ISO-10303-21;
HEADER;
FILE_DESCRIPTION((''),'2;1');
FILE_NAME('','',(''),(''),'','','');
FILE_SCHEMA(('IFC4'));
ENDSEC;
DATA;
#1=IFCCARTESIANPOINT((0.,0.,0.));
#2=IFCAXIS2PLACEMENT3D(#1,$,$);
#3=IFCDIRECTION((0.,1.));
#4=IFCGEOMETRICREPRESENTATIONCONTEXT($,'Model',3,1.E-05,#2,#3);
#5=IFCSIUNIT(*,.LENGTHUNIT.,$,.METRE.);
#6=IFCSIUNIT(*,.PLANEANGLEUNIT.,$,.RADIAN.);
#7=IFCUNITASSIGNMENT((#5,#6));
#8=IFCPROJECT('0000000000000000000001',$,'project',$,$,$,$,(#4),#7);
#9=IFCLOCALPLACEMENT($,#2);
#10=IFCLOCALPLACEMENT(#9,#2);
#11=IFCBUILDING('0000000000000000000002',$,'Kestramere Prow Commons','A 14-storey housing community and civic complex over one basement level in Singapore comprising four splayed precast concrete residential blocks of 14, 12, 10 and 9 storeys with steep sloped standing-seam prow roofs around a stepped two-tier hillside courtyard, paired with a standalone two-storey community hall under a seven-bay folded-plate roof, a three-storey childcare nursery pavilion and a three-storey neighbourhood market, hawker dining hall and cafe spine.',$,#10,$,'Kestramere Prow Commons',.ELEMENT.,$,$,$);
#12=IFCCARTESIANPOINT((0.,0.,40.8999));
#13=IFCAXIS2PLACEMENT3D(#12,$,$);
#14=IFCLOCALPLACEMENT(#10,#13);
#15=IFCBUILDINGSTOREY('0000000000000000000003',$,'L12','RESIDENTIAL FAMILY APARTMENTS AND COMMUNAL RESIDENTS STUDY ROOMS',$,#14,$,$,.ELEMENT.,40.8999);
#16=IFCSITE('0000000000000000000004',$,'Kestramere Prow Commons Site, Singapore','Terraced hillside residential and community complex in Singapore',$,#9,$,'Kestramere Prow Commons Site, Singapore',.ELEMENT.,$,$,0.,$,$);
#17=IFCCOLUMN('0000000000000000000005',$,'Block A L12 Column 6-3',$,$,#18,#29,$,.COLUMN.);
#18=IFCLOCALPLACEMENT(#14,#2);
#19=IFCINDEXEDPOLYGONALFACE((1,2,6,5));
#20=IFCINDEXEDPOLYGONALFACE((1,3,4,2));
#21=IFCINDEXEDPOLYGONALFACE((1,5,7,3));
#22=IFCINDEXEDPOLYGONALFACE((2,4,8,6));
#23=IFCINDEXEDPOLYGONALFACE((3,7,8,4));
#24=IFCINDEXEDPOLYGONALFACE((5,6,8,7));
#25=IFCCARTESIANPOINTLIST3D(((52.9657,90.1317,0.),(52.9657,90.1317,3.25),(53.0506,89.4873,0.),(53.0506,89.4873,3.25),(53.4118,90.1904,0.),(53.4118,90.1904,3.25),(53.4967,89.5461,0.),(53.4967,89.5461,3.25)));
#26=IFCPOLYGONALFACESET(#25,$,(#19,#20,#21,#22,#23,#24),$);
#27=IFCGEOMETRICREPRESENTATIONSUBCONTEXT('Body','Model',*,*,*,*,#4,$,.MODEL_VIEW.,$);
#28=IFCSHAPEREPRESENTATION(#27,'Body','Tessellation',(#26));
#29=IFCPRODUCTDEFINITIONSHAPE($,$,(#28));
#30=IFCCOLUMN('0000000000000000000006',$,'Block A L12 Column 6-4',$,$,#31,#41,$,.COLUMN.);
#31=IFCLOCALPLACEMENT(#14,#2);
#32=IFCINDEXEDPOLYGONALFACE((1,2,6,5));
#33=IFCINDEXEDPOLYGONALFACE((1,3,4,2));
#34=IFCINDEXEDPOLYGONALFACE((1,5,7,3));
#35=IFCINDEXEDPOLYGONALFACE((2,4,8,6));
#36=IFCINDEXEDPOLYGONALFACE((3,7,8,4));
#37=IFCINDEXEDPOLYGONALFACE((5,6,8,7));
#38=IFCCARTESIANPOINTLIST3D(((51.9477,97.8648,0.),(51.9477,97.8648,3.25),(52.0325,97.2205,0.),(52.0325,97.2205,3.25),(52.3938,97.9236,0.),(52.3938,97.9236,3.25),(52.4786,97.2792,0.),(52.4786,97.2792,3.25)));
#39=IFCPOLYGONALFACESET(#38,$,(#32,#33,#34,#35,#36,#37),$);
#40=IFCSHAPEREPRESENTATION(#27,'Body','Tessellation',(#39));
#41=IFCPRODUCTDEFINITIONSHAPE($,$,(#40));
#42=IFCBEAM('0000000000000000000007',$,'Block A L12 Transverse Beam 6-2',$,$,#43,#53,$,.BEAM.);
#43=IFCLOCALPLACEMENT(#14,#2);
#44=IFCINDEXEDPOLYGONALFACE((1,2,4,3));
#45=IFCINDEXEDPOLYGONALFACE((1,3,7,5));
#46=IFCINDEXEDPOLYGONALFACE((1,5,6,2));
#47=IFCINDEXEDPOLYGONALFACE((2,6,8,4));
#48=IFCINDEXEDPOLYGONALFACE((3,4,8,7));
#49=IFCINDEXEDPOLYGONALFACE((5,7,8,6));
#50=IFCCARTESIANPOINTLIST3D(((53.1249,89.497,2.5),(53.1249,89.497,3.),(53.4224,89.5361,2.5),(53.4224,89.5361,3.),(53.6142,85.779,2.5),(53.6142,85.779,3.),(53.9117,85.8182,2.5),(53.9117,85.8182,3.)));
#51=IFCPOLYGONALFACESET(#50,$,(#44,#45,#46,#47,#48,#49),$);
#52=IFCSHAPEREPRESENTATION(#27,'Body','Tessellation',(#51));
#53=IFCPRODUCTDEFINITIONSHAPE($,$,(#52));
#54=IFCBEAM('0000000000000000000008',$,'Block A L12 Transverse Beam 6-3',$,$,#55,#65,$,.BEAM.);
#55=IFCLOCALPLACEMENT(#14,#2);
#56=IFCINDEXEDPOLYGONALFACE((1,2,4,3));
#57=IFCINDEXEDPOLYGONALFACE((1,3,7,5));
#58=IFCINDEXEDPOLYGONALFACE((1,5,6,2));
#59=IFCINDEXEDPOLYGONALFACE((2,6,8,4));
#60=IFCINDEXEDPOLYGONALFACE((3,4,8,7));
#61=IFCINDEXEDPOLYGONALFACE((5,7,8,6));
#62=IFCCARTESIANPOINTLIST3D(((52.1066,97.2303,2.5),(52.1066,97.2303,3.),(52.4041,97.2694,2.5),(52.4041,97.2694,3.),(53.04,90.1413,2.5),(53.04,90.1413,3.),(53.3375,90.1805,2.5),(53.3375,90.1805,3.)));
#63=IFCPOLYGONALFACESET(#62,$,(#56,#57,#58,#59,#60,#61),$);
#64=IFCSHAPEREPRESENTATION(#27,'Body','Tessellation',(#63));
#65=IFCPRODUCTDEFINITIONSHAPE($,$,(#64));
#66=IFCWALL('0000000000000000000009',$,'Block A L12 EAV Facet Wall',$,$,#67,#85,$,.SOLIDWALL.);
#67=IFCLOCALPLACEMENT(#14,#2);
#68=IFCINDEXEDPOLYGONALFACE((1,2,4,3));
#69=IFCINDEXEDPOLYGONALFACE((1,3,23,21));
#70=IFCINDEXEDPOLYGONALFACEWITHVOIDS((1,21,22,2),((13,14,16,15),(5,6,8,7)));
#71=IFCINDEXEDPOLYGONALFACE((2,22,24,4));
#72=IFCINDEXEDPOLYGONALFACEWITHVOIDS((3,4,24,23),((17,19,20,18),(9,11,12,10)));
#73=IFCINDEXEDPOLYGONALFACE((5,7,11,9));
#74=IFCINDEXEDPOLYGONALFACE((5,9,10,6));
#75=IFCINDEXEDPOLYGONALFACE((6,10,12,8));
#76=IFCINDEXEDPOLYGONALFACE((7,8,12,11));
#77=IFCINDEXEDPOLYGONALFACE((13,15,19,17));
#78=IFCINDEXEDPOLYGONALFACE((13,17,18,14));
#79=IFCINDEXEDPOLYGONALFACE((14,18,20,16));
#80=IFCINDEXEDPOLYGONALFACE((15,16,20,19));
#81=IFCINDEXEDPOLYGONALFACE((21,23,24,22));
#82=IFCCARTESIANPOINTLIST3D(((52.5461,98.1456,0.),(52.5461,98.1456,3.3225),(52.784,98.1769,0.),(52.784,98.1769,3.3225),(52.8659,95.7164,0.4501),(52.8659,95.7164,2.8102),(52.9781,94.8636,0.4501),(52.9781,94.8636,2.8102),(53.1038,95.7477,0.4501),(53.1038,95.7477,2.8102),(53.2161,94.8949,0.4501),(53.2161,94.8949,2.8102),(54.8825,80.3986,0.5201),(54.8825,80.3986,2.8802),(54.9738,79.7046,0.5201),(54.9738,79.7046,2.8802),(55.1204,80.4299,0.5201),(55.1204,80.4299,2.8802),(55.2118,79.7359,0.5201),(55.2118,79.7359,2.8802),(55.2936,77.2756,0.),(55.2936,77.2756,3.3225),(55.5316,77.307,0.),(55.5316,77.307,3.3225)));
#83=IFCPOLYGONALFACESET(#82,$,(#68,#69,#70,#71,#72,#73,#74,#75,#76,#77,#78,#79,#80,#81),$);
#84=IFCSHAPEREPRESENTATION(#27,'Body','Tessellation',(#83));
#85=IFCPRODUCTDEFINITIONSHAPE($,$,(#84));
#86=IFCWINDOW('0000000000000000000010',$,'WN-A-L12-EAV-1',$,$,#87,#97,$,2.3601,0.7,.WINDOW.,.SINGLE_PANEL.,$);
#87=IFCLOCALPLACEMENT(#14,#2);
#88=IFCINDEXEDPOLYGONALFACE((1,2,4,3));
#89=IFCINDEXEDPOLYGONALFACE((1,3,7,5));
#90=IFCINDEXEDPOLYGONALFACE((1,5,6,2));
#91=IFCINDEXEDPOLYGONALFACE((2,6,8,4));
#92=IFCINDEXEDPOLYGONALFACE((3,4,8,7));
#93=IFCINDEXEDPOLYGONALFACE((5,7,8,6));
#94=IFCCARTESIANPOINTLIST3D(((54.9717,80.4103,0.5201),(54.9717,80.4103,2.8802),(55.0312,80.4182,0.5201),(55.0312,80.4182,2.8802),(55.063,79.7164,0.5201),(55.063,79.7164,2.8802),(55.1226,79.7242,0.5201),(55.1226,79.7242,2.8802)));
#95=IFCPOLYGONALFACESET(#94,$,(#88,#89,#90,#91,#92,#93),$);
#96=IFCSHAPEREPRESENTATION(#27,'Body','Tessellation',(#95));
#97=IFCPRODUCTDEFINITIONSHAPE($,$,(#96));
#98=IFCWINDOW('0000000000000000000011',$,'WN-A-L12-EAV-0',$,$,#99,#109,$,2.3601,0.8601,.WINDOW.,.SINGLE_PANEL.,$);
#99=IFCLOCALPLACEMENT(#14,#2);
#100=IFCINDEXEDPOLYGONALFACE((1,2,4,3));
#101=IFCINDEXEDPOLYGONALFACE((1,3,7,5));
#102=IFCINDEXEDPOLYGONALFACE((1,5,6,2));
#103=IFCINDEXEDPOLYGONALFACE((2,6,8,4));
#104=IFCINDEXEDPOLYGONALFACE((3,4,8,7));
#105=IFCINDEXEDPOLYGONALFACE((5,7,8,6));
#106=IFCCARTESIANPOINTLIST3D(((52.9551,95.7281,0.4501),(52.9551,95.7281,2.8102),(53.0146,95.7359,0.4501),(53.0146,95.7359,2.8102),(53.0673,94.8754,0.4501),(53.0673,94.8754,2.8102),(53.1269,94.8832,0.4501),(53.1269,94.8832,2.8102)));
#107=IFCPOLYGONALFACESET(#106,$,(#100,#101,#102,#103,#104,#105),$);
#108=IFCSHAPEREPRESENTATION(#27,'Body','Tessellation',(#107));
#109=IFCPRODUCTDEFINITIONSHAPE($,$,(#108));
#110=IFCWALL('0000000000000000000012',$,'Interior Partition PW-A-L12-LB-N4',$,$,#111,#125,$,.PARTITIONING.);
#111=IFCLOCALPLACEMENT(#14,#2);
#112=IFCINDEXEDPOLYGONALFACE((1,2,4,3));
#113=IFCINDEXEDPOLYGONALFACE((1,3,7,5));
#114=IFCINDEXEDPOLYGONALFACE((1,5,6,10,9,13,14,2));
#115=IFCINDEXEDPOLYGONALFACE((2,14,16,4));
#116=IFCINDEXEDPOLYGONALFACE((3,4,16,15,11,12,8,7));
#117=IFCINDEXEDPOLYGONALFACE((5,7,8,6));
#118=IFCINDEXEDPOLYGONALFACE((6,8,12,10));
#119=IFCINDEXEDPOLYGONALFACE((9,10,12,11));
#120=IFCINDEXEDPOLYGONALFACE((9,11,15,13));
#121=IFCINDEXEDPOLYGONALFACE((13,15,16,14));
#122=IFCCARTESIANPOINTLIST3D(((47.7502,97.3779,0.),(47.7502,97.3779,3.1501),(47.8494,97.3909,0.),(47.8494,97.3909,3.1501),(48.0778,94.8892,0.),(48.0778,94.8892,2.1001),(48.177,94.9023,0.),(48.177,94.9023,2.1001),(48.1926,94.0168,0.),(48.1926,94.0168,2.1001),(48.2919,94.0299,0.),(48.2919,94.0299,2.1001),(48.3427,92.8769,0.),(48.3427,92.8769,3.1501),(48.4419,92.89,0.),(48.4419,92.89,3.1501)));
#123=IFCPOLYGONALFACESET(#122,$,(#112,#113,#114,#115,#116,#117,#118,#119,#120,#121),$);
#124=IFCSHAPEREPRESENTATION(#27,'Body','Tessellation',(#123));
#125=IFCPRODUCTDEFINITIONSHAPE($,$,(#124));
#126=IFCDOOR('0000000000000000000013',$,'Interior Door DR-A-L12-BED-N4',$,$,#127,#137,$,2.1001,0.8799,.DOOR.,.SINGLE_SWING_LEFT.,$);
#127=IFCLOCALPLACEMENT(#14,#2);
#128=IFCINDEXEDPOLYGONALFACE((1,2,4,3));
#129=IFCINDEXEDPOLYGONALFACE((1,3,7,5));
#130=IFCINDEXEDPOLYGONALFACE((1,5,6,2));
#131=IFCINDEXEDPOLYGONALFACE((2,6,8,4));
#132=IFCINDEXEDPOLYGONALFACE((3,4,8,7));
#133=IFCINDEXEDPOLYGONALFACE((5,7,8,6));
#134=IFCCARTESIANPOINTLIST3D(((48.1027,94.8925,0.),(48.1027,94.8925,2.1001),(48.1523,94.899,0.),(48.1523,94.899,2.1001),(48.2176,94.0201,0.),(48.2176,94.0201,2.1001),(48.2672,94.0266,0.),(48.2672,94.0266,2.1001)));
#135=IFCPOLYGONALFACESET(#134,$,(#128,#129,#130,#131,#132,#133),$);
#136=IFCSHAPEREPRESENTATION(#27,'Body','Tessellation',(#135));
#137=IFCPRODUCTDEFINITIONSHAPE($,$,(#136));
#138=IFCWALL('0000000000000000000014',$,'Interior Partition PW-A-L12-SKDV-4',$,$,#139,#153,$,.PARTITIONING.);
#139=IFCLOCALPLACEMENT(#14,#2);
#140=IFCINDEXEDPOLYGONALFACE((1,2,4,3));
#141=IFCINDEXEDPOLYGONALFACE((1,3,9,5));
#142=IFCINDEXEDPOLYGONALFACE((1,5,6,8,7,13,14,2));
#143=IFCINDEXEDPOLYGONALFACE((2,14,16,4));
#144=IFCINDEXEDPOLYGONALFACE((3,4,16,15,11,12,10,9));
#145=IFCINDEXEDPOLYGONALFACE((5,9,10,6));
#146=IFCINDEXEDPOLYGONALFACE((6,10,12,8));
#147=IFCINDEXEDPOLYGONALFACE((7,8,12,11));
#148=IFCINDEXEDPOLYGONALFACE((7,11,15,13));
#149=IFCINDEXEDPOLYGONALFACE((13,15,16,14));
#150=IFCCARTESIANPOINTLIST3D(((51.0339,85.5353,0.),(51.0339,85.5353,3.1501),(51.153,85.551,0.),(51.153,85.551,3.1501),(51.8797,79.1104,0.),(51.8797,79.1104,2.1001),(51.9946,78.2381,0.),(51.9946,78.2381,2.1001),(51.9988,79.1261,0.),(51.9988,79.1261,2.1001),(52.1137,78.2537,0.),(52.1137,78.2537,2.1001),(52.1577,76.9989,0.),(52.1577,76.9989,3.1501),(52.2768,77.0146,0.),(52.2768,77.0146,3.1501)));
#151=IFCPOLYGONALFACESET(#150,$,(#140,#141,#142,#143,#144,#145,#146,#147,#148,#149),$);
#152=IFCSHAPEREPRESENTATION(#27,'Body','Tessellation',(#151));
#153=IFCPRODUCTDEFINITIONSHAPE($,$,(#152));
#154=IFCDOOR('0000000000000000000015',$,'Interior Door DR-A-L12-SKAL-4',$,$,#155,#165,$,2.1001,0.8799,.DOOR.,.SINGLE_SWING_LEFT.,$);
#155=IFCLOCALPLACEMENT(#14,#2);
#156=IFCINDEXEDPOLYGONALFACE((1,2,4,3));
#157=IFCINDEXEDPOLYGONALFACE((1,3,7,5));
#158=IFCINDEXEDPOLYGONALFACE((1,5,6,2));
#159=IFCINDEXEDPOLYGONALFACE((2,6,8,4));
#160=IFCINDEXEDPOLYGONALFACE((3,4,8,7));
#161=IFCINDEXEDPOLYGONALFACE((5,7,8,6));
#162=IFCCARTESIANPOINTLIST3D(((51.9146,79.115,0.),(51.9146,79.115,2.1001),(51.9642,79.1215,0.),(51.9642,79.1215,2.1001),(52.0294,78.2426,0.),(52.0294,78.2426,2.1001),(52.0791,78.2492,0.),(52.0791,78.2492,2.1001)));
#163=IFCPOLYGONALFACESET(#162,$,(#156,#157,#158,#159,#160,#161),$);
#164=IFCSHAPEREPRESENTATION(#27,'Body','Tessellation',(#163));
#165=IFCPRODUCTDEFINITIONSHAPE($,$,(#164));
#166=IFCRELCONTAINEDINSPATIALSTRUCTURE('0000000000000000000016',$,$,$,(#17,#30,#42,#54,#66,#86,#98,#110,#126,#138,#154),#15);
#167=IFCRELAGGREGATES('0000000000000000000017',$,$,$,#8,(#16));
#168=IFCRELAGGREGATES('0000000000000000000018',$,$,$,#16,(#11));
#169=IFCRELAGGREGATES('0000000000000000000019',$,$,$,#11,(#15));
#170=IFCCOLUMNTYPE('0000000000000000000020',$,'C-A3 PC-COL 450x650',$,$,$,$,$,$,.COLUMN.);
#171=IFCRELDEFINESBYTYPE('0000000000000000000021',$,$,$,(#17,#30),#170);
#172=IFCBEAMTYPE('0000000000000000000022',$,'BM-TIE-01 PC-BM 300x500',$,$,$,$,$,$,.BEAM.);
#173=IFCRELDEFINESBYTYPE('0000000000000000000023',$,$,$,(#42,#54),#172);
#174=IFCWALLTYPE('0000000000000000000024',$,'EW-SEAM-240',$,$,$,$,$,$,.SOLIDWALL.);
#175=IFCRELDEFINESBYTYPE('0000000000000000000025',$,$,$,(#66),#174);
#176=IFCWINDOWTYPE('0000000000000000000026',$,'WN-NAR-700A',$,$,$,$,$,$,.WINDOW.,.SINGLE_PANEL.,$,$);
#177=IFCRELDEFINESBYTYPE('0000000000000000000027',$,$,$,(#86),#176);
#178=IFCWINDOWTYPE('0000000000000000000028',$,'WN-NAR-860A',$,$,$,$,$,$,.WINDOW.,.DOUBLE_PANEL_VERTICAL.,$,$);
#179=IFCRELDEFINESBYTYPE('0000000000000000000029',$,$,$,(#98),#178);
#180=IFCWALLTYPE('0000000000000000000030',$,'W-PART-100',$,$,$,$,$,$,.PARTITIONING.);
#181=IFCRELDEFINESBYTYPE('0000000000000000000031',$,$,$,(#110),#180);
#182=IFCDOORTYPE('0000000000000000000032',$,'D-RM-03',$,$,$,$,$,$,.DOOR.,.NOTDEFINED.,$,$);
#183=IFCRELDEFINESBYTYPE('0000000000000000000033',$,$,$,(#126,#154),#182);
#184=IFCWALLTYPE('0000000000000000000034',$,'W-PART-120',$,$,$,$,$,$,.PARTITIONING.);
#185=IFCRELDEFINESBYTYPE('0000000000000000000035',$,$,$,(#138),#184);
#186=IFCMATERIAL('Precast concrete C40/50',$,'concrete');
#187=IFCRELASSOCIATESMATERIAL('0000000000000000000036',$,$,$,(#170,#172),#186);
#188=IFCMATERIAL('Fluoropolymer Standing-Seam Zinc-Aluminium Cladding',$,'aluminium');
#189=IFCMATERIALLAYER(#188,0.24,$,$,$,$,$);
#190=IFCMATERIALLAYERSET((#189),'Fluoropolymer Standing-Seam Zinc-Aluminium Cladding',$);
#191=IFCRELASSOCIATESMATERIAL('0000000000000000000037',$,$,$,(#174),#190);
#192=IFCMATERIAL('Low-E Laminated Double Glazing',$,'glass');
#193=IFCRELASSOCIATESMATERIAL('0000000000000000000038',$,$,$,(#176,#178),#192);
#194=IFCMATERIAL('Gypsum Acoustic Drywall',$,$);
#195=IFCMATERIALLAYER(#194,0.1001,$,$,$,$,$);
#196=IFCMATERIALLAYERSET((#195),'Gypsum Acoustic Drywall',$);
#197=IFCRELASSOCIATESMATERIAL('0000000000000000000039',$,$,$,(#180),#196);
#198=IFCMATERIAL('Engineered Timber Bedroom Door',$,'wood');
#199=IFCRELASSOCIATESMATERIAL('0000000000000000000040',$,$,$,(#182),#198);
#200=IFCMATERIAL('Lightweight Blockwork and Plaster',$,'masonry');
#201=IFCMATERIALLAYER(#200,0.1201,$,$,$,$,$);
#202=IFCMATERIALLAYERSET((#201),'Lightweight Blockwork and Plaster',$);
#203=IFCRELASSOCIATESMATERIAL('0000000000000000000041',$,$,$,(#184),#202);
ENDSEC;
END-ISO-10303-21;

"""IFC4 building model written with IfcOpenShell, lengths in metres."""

from ifc_helpers import new_model, si_unit, direction, frame, frame_2d, origin, origin_2d, place, context, subcontext, project, spatial, rectangle, extrude, material, layer, layer_set, material_profile, profile_set, type_object, element, fill, save


model = new_model("IFC4")

# Units and contexts
model_context = context("Model", 3, precision=1e-05, world=origin(), true_north=direction((0.0, 1.0)))
body_context = subcontext(model_context, "Body", "Model", "MODEL_VIEW")
ifc_project = project(units=[si_unit("LENGTHUNIT", "METRE"), si_unit("PLANEANGLEUNIT", "RADIAN")], contexts=[model_context])

# Site, building, storey
site_placement = place(None, origin())
site = spatial("IfcSite", under=ifc_project, at=site_placement, Name="Kestramere Prow Commons Site, Singapore", Description="Terraced hillside residential and community complex in Singapore", LongName="Kestramere Prow Commons Site, Singapore", CompositionType="ELEMENT", RefElevation=0.0)
building_placement = place(site_placement, origin())
building = spatial("IfcBuilding", under=site, at=building_placement, Name="Kestramere Prow Commons", Description="A 14-storey housing community and civic complex over one basement level in Singapore comprising four splayed precast concrete residential blocks of 14, 12, 10 and 9 storeys with steep sloped standing-seam prow roofs around a stepped two-tier hillside courtyard, paired with a standalone two-storey community hall under a seven-bay folded-plate roof, a three-storey childcare nursery pavilion and a three-storey neighbourhood market, hawker dining hall and cafe spine.", LongName="Kestramere Prow Commons", CompositionType="ELEMENT")
storey_placement = place(building_placement, frame((0.0, 0.0, 40.8999)))
storey = spatial("IfcBuildingStorey", under=building, at=storey_placement, Name="L12", Description="RESIDENTIAL FAMILY APARTMENTS AND COMMUNAL RESIDENTS STUDY ROOMS", CompositionType="ELEMENT", Elevation=40.8999)

# Columns
ifc_material_1 = material(Name="Precast concrete C40/50", Category="concrete")
ifc_material_profile_1 = material_profile(ifc_material_1, rectangle(XDim=0.45, YDim=0.6499, at=origin_2d()), Name="PC-COL 450x650")
ifc_profile_set_1 = profile_set([ifc_material_profile_1], Name="Precast concrete C40/50")
column_type = type_object("IfcColumnType", Name="C-A3 PC-COL 450x650", PredefinedType="COLUMN", material=ifc_profile_set_1)
for number, where, z_axis, x_axis, name in (
    (1, (53.2312, 89.8389, 0.0), (0.0, 0.0, 1.0), (0.991445, 0.130526, 0.0), "Block A L12 Column 6-3"),
    (2, (52.2131, 97.572, 0.0), (0.0, 0.0, 1.0), (0.991445, 0.130526, 0.0), "Block A L12 Column 6-4"),
):
    element("IfcColumn", number, at=place(storey_placement, frame(where, z_axis=z_axis, x_axis=x_axis)), inside=storey, type_object=column_type, Name=name, PredefinedType="COLUMN", context=body_context, shape_type="SweptSolid", body=[
        extrude(rectangle(XDim=0.45, YDim=0.6499, at=origin_2d()), origin(), (0.0, 0.0, 1.0), 3.25),
    ])

# Beams
ifc_material_profile_2 = material_profile(ifc_material_1, rectangle(XDim=0.3, YDim=0.5, at=origin_2d()), Name="PC-BM 300x500")
ifc_profile_set_2 = profile_set([ifc_material_profile_2], Name="Precast concrete C40/50")
beam_type = type_object("IfcBeamType", Name="BM-TIE-01 PC-BM 300x500", PredefinedType="BEAM", material=ifc_profile_set_2)
beam_1_placement = place(storey_placement, frame((53.7629, 85.7986, 2.75), z_axis=(-0.130466, 0.991453, 0.0), x_axis=(-0.991453, -0.130466, 0.0)))
element("IfcBeam", 3, at=beam_1_placement, inside=storey, type_object=beam_type, Name="Block A L12 Transverse Beam 6-2", PredefinedType="BEAM", context=body_context, shape_type="SweptSolid", body=[
    extrude(rectangle(XDim=0.3, YDim=0.5, at=origin_2d()), origin(), (0.0, 0.0, 1.0), 3.75),
])
beam_2_placement = place(storey_placement, frame((53.1887, 90.1609, 2.75), z_axis=(-0.130538, 0.991443, 0.0), x_axis=(-0.991443, -0.130538, 0.0)))
element("IfcBeam", 4, at=beam_2_placement, inside=storey, type_object=beam_type, Name="Block A L12 Transverse Beam 6-3", PredefinedType="BEAM", context=body_context, shape_type="SweptSolid", body=[
    extrude(rectangle(XDim=0.3, YDim=0.5, at=origin_2d()), origin(), (0.0, 0.0, 1.0), 7.1501),
])

# Wall, openings, windows
ifc_material_2 = material(Name="Fluoropolymer Standing-Seam Zinc-Aluminium Cladding", Category="aluminium")
ifc_layer_1 = layer(ifc_material_2, 0.24)
ifc_layer_set_1 = layer_set([ifc_layer_1], Name="Fluoropolymer Standing-Seam Zinc-Aluminium Cladding")
wall_type_1 = type_object("IfcWallType", Name="EW-SEAM-240", PredefinedType="SOLIDWALL", material=ifc_layer_set_1)
wall_1_placement = place(storey_placement, frame((52.665, 98.1611, 0.0), z_axis=(0.0, 0.0, 1.0), x_axis=(0.130526, -0.991445, 0.0)))
wall_1 = element("IfcWall", 5, at=wall_1_placement, inside=storey, type_object=wall_type_1, Name="Block A L12 EAV Facet Wall", PredefinedType="SOLIDWALL", context=body_context, shape_type="SweptSolid", body=[
    extrude(rectangle(XDim=21.05, YDim=0.24, at=frame_2d((10.5249, 0.0))), origin(), (0.0, 0.0, 1.0), 3.3225),
])
opening_1_placement = place(wall_1_placement, frame((2.45, 0.0, 0.45)))
opening_1 = element("IfcOpeningElement", 6, at=opening_1_placement, cuts=wall_1, PredefinedType="OPENING", context=body_context, shape_type="SweptSolid", body=[
    extrude(rectangle(XDim=0.8601, YDim=2.3601, at=frame_2d((0.4302, 1.1802))), frame((0.0, 0.135, 0.0), z_axis=(0.0, -1.0, 0.0), x_axis=(1.0, 0.0, 0.0)), (0.0, 0.0, 1.0), 0.27),
])
opening_2_placement = place(wall_1_placement, frame((17.8999, 0.0, 0.52)))
opening_2 = element("IfcOpeningElement", 7, at=opening_2_placement, cuts=wall_1, PredefinedType="OPENING", context=body_context, shape_type="SweptSolid", body=[
    extrude(rectangle(XDim=0.7, YDim=2.3601, at=frame_2d((0.3501, 1.1802))), frame((0.0, 0.135, 0.0), z_axis=(0.0, -1.0, 0.0), x_axis=(1.0, 0.0, 0.0)), (0.0, 0.0, 1.0), 0.27),
])
ifc_material_3 = material(Name="Low-E Laminated Double Glazing", Category="glass")
window_type_1 = type_object("IfcWindowType", Name="WN-NAR-700A", PartitioningType="SINGLE_PANEL", PredefinedType="WINDOW", material=ifc_material_3)
window_1_placement = place(opening_2_placement, origin())
window_1 = element("IfcWindow", 8, at=window_1_placement, inside=storey, type_object=window_type_1, Name="WN-A-L12-EAV-1", OverallHeight=2.3601, OverallWidth=0.7, PartitioningType="SINGLE_PANEL", PredefinedType="WINDOW", context=body_context, shape_type="SweptSolid", body=[
    extrude(rectangle(XDim=0.7, YDim=2.3601, at=frame_2d((0.3501, 1.1802))), frame((0.0, 0.03, 0.0), z_axis=(0.0, -1.0, 0.0), x_axis=(1.0, 0.0, 0.0)), (0.0, 0.0, 1.0), 0.0601),
])
fill(opening_2, window_1)
window_type_2 = type_object("IfcWindowType", Name="WN-NAR-860A", PartitioningType="DOUBLE_PANEL_VERTICAL", PredefinedType="WINDOW", material=ifc_material_3)
window_2_placement = place(opening_1_placement, origin())
window_2 = element("IfcWindow", 9, at=window_2_placement, inside=storey, type_object=window_type_2, Name="WN-A-L12-EAV-0", OverallHeight=2.3601, OverallWidth=0.8601, PartitioningType="SINGLE_PANEL", PredefinedType="WINDOW", context=body_context, shape_type="SweptSolid", body=[
    extrude(rectangle(XDim=0.8601, YDim=2.3601, at=frame_2d((0.4302, 1.1802))), frame((0.0, 0.03, 0.0), z_axis=(0.0, -1.0, 0.0), x_axis=(1.0, 0.0, 0.0)), (0.0, 0.0, 1.0), 0.0601),
])
fill(opening_1, window_2)

# Walls, openings, doors
ifc_material_4 = material(Name="Gypsum Acoustic Drywall")
ifc_layer_2 = layer(ifc_material_4, 0.1001)
ifc_layer_set_2 = layer_set([ifc_layer_2], Name="Gypsum Acoustic Drywall")
wall_type_2 = type_object("IfcWallType", Name="W-PART-100", PredefinedType="PARTITIONING", material=ifc_layer_set_2)
wall_2_placement = place(storey_placement, frame((48.3923, 92.8833, 0.0), z_axis=(0.0, 0.0, 1.0), x_axis=(-0.130519, 0.991446, 0.0)))
wall_2 = element("IfcWall", 10, at=wall_2_placement, inside=storey, type_object=wall_type_2, Name="Interior Partition PW-A-L12-LB-N4", PredefinedType="PARTITIONING", context=body_context, shape_type="SweptSolid", body=[
    extrude(rectangle(XDim=4.5398, YDim=0.1001, at=frame_2d((2.27, 0.0))), origin(), (0.0, 0.0, 1.0), 3.1501),
])
opening_3_placement = place(wall_2_placement, frame((1.1499, 0.0, 0.0)))
opening_3 = element("IfcOpeningElement", 11, at=opening_3_placement, cuts=wall_2, PredefinedType="OPENING", context=body_context, shape_type="SweptSolid", body=[
    extrude(rectangle(XDim=0.8799, YDim=2.1001, at=frame_2d((0.4399, 1.05))), frame((0.0, 0.0649, 0.0), z_axis=(0.0, -1.0, 0.0), x_axis=(1.0, 0.0, 0.0)), (0.0, 0.0, 1.0), 0.1301),
])
ifc_material_5 = material(Name="Engineered Timber Bedroom Door", Category="wood")
door_type_1 = type_object("IfcDoorType", Name="D-RM-03", OperationType="NOTDEFINED", PredefinedType="DOOR", material=ifc_material_5)
door_1_placement = place(opening_3_placement, origin())
door_1 = element("IfcDoor", 12, at=door_1_placement, inside=storey, type_object=door_type_1, Name="Interior Door DR-A-L12-BED-N4", OperationType="SINGLE_SWING_LEFT", OverallHeight=2.1001, OverallWidth=0.8799, PredefinedType="DOOR", context=body_context, shape_type="SweptSolid", body=[
    extrude(rectangle(XDim=0.8799, YDim=2.1001, at=frame_2d((0.4399, 1.05))), frame((0.0, 0.0249, 0.0), z_axis=(0.0, -1.0, 0.0), x_axis=(1.0, 0.0, 0.0)), (0.0, 0.0, 1.0), 0.05),
])
fill(opening_3, door_1)
ifc_material_6 = material(Name="Lightweight Blockwork and Plaster", Category="masonry")
ifc_layer_3 = layer(ifc_material_6, 0.1201)
ifc_layer_set_3 = layer_set([ifc_layer_3], Name="Lightweight Blockwork and Plaster")
wall_type_3 = type_object("IfcWallType", Name="W-PART-120", PredefinedType="PARTITIONING", material=ifc_layer_set_3)
wall_3_placement = place(storey_placement, frame((52.2173, 77.0066, 0.0), z_axis=(0.0, 0.0, 1.0), x_axis=(-0.13052, 0.991446, 0.0)))
wall_3 = element("IfcWall", 13, at=wall_3_placement, inside=storey, type_object=wall_type_3, Name="Interior Partition PW-A-L12-SKDV-4", PredefinedType="PARTITIONING", context=body_context, shape_type="SweptSolid", body=[
    extrude(rectangle(XDim=8.6101, YDim=0.1201, at=frame_2d((4.3052, 0.0))), origin(), (0.0, 0.0, 1.0), 3.1501),
])
opening_4_placement = place(wall_3_placement, frame((1.25, 0.0, 0.0)))
opening_4 = element("IfcOpeningElement", 14, at=opening_4_placement, cuts=wall_3, PredefinedType="OPENING", context=body_context, shape_type="SweptSolid", body=[
    extrude(rectangle(XDim=0.8799, YDim=2.1001, at=frame_2d((0.4399, 1.05))), frame((0.0, 0.075, 0.0), z_axis=(0.0, -1.0, 0.0), x_axis=(1.0, 0.0, 0.0)), (0.0, 0.0, 1.0), 0.1501),
])
door_2_placement = place(opening_4_placement, origin())
door_2 = element("IfcDoor", 15, at=door_2_placement, inside=storey, type_object=door_type_1, Name="Interior Door DR-A-L12-SKAL-4", OperationType="SINGLE_SWING_LEFT", OverallHeight=2.1001, OverallWidth=0.8799, PredefinedType="DOOR", context=body_context, shape_type="SweptSolid", body=[
    extrude(rectangle(XDim=0.8799, YDim=2.1001, at=frame_2d((0.4399, 1.05))), frame((0.0, 0.0249, 0.0), z_axis=(0.0, -1.0, 0.0), x_axis=(1.0, 0.0, 0.0)), (0.0, 0.0, 1.0), 0.05),
])
fill(opening_4, door_2)

save(model, "model.ifc")
